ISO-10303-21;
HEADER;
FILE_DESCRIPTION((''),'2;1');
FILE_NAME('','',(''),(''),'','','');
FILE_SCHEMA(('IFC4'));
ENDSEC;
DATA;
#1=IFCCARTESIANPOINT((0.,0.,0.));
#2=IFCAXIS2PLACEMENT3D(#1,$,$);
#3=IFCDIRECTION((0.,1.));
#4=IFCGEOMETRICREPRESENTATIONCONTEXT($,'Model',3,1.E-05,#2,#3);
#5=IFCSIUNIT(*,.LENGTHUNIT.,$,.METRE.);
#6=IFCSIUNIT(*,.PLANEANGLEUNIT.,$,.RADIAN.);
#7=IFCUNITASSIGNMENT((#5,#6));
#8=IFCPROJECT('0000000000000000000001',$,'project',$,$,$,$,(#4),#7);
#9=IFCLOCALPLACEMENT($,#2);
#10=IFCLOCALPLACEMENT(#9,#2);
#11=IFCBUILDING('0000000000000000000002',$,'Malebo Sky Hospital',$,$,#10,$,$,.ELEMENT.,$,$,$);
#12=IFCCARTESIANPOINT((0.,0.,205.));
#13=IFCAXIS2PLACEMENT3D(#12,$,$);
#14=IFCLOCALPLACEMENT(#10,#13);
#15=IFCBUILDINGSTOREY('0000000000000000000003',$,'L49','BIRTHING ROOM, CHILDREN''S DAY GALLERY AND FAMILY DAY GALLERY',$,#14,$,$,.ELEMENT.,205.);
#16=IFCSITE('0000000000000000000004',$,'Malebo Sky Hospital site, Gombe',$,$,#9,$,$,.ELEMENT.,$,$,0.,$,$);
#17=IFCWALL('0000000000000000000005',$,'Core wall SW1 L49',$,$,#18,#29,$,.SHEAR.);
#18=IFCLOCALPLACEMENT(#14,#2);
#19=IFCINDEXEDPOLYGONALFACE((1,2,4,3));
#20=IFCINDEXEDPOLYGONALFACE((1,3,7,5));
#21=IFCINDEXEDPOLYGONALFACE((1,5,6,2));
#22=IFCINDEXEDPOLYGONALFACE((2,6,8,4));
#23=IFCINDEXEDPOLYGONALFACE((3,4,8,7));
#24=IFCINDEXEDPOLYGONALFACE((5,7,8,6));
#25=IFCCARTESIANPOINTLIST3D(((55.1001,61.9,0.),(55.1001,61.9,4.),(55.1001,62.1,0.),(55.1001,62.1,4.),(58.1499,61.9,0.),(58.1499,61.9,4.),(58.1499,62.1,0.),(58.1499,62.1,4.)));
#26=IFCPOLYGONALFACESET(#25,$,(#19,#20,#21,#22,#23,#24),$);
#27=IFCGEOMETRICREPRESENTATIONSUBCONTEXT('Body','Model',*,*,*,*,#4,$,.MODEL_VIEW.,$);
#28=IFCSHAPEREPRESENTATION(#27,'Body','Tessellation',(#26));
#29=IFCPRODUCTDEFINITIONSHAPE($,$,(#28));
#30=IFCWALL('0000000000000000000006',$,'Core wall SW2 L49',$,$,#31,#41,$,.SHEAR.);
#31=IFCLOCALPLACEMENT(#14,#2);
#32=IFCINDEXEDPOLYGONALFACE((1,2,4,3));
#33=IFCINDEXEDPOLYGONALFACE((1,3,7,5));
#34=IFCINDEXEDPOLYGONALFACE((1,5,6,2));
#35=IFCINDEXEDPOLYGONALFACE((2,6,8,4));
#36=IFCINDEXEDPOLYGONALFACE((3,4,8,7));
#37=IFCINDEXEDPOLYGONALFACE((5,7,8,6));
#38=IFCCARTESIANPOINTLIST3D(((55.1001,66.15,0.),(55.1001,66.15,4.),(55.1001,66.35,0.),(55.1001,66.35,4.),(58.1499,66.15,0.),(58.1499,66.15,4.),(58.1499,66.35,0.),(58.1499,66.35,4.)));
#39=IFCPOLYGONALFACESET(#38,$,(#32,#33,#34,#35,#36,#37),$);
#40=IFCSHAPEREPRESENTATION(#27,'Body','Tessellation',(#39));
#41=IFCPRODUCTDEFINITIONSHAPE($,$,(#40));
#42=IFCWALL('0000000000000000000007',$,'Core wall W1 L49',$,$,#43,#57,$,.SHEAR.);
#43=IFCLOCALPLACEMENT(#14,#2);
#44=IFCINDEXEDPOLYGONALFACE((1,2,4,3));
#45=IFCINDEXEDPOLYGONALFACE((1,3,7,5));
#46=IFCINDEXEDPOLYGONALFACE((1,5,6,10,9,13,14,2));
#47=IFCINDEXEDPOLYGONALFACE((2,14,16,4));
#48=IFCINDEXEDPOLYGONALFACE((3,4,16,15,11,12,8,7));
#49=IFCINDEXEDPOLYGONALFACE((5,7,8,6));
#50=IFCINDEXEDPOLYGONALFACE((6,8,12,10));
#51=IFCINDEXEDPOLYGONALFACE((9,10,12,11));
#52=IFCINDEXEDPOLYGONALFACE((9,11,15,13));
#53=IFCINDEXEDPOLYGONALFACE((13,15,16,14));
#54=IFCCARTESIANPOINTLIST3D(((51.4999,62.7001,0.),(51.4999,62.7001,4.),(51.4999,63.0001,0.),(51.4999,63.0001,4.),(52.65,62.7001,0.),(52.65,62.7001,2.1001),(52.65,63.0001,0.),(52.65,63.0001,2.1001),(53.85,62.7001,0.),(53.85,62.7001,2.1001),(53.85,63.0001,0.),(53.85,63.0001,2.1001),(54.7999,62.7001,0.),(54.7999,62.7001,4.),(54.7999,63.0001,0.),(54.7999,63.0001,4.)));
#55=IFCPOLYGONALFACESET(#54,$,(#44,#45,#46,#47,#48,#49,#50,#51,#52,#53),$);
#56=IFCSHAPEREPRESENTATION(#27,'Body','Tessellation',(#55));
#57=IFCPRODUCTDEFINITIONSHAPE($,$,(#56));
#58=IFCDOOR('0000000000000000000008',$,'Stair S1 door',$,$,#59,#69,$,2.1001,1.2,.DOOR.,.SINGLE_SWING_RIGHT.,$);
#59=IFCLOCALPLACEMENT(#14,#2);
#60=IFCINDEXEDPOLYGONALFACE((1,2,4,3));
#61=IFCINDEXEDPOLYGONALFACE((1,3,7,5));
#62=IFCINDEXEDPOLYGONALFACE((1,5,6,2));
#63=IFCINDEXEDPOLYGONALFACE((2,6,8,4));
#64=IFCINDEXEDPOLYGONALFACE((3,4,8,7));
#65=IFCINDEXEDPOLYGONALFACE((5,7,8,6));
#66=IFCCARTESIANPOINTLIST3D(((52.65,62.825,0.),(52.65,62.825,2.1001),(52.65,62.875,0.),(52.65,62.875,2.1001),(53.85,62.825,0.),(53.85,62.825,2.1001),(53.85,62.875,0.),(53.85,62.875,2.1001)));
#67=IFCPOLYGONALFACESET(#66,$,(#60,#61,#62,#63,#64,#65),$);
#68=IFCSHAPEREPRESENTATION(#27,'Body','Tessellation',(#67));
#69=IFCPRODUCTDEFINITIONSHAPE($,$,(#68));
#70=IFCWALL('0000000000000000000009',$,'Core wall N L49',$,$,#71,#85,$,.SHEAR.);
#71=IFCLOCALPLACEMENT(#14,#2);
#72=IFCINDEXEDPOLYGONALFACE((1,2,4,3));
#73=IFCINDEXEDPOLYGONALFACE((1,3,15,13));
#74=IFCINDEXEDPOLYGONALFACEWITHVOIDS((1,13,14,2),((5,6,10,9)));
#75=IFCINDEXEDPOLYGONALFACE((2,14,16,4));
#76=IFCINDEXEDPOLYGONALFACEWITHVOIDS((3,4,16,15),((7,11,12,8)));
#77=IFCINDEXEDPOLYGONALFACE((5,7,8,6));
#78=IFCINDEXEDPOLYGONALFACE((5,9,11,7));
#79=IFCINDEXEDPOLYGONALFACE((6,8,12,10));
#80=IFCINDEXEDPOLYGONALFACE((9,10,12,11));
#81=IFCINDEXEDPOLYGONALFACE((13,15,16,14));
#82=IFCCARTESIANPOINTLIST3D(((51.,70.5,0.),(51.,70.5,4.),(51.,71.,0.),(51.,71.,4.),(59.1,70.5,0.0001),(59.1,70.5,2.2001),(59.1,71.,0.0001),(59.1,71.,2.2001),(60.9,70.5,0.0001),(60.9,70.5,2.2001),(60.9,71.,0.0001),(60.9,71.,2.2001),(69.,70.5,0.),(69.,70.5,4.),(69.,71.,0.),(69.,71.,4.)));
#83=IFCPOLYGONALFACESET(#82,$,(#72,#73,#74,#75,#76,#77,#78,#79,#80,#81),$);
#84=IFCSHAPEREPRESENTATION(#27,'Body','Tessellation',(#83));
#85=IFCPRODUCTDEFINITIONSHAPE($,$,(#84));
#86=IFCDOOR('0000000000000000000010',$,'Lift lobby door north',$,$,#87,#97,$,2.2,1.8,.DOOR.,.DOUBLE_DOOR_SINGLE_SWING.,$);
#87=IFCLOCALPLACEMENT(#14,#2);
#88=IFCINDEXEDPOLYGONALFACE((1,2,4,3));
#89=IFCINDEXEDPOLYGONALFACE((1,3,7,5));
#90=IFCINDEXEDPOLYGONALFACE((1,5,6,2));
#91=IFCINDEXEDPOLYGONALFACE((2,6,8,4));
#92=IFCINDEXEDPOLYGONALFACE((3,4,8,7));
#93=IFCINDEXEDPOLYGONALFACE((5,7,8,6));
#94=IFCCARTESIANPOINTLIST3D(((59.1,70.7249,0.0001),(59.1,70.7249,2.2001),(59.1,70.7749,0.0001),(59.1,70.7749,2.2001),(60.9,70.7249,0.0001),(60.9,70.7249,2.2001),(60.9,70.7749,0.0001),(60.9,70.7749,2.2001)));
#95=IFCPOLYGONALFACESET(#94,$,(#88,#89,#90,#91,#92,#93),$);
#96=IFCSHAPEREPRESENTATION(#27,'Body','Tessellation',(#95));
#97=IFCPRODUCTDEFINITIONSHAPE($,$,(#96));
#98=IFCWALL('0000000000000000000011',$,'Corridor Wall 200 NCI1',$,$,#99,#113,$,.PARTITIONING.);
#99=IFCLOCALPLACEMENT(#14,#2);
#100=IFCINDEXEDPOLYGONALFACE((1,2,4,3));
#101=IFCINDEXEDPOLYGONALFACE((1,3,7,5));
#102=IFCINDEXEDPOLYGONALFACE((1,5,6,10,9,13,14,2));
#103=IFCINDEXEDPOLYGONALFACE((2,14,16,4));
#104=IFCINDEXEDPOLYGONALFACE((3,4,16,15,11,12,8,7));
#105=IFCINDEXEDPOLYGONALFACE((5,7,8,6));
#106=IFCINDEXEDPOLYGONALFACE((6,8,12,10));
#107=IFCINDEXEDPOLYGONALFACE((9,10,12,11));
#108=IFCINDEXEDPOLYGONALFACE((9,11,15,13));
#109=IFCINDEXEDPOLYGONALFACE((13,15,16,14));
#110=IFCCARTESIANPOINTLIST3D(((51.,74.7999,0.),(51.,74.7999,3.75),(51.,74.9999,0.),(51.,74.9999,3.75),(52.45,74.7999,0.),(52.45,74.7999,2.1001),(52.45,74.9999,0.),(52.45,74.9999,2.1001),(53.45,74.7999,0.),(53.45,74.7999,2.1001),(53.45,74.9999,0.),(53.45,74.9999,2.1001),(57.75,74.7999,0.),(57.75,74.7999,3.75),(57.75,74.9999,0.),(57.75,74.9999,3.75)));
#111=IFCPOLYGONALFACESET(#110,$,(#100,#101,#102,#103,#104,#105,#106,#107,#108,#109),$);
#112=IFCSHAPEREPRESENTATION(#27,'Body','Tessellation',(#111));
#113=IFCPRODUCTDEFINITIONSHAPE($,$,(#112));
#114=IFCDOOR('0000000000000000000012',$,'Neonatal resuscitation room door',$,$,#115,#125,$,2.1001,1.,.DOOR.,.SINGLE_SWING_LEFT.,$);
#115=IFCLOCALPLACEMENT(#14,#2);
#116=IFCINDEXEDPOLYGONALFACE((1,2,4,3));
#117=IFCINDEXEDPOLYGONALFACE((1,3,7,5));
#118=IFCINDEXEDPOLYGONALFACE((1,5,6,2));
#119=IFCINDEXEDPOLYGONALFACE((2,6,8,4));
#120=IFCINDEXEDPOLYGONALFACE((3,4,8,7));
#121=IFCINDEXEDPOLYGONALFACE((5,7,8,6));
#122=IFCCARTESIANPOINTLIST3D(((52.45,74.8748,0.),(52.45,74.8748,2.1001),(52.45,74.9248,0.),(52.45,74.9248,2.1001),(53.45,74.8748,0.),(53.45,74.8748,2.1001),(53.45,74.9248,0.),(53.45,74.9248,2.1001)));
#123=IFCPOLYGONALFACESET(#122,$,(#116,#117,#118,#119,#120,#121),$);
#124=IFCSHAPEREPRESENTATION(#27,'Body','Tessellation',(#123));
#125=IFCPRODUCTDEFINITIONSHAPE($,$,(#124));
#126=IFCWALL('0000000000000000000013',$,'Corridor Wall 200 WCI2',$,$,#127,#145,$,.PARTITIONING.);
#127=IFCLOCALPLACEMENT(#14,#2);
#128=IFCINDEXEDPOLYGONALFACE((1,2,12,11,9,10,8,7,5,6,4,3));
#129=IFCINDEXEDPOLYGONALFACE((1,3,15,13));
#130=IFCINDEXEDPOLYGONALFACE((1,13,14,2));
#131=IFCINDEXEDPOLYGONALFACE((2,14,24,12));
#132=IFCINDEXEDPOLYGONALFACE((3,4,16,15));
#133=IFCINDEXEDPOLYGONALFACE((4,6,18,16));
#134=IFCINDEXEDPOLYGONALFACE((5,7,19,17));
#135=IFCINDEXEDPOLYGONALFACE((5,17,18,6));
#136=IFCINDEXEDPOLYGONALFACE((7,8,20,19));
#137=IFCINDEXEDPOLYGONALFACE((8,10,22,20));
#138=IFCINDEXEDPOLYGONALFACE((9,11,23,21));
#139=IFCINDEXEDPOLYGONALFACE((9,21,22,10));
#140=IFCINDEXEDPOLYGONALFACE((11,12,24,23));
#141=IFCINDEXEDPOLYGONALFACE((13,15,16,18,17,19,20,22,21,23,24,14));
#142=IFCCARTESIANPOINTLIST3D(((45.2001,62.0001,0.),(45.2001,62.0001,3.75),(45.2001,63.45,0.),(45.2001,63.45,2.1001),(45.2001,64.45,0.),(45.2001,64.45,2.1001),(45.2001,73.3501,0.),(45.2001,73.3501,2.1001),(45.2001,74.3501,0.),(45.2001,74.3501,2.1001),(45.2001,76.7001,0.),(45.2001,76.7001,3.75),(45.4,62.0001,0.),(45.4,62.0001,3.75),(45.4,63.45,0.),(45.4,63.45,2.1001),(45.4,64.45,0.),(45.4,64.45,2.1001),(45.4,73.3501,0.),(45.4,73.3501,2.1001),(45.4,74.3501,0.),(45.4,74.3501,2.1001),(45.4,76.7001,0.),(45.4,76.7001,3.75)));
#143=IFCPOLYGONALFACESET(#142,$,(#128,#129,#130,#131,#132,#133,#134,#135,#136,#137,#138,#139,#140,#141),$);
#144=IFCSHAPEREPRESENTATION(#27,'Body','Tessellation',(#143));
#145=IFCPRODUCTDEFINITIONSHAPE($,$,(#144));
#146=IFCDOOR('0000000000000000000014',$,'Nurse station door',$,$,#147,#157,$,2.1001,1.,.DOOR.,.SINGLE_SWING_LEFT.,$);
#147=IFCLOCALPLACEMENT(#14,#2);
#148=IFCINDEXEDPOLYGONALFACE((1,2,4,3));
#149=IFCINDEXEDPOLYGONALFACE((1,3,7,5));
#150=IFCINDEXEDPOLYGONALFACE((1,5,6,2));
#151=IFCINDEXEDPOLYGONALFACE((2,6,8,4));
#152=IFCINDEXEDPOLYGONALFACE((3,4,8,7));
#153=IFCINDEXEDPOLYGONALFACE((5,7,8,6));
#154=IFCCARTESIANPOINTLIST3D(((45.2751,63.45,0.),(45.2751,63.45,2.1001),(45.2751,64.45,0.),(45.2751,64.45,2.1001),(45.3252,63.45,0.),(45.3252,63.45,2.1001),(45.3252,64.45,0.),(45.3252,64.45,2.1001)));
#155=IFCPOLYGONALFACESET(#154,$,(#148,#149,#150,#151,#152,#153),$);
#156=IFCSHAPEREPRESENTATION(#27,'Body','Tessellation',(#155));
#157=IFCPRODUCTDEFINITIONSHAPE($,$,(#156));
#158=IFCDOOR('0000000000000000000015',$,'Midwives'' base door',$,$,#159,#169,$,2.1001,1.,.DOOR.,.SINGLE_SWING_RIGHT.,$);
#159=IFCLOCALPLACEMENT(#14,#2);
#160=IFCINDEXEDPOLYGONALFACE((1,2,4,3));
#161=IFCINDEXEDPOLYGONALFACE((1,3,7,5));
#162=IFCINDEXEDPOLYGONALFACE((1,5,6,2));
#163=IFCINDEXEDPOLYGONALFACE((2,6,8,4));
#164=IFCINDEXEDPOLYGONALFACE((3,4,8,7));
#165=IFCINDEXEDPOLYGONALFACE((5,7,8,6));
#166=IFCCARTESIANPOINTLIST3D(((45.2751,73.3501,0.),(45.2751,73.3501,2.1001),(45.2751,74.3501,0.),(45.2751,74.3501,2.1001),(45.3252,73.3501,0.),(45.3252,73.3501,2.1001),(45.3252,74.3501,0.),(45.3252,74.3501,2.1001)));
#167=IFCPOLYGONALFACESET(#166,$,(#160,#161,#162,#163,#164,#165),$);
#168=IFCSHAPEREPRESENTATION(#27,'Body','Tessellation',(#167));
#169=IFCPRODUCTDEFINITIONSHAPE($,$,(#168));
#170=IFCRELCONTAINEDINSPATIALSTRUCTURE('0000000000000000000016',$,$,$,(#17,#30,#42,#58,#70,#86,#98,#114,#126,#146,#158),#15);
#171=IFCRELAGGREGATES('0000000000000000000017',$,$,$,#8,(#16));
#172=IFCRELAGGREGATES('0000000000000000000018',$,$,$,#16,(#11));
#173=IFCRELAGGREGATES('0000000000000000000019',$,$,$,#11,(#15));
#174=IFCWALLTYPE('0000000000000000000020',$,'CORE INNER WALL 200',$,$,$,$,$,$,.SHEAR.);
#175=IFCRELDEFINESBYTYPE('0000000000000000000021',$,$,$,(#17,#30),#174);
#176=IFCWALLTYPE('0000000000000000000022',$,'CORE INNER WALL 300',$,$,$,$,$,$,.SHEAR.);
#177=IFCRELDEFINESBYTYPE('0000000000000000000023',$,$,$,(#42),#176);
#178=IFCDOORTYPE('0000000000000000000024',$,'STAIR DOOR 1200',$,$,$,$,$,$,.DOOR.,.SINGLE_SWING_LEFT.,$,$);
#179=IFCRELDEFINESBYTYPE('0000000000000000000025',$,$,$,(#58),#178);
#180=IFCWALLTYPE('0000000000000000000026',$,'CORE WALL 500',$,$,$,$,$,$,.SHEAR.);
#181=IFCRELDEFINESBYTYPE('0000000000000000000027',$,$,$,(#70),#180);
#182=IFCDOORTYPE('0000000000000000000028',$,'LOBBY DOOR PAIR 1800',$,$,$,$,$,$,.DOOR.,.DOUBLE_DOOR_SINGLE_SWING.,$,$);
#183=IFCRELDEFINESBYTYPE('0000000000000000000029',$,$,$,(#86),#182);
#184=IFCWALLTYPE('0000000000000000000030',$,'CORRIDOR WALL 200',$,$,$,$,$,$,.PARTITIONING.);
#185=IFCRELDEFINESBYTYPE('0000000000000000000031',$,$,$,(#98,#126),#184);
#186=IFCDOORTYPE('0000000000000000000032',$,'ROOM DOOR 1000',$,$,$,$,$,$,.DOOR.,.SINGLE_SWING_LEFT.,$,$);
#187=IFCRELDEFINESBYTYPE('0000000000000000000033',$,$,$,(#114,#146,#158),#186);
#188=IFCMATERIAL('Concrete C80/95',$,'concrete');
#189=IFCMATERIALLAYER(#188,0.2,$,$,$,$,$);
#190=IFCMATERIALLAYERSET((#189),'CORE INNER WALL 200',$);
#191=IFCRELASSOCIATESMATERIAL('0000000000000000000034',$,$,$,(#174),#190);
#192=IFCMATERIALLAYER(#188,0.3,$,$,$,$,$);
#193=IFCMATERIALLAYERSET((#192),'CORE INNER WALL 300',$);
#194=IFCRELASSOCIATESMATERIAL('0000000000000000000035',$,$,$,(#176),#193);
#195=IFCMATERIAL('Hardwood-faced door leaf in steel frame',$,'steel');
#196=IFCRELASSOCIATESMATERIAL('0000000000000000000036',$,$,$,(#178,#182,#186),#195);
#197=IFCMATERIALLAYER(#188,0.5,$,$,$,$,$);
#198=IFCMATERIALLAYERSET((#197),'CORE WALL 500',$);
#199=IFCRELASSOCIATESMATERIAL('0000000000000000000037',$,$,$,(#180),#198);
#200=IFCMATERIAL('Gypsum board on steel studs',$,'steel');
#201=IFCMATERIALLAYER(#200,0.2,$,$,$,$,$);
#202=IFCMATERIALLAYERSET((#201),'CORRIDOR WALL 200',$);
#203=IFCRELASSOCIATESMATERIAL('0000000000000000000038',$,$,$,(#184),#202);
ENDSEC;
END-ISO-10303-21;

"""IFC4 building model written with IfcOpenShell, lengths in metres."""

from ifc_helpers import new_model, si_unit, direction, frame, frame_2d, origin, place, context, subcontext, project, spatial, rectangle, extrude, material, layer, layer_set, type_object, element, fill, save


model = new_model("IFC4")

# Units and contexts
model_context = context("Model", 3, precision=1e-05, world=origin(), true_north=direction((0.0, 1.0)))
body_context = subcontext(model_context, "Body", "Model", "MODEL_VIEW")
ifc_project = project(units=[si_unit("LENGTHUNIT", "METRE"), si_unit("PLANEANGLEUNIT", "RADIAN")], contexts=[model_context])

# Site, building, storey
site_placement = place(None, origin())
site = spatial("IfcSite", under=ifc_project, at=site_placement, Name="Malebo Sky Hospital site, Gombe", CompositionType="ELEMENT", RefElevation=0.0)
building_placement = place(site_placement, origin())
building = spatial("IfcBuilding", under=site, at=building_placement, Name="Malebo Sky Hospital", CompositionType="ELEMENT")
storey_placement = place(building_placement, frame((0.0, 0.0, 205.0)))
storey = spatial("IfcBuildingStorey", under=building, at=storey_placement, Name="L49", Description="BIRTHING ROOM, CHILDREN'S DAY GALLERY AND FAMILY DAY GALLERY", CompositionType="ELEMENT", Elevation=205.0)

# Walls
ifc_material_1 = material(Name="Concrete C80/95", Category="concrete")
ifc_layer_1 = layer(ifc_material_1, 0.2)
ifc_layer_set_1 = layer_set([ifc_layer_1], Name="CORE INNER WALL 200")
wall_type_1 = type_object("IfcWallType", Name="CORE INNER WALL 200", PredefinedType="SHEAR", material=ifc_layer_set_1)
for number, where, z_axis, x_axis, name in (
    (1, (55.1001, 62.0, 0.0), (0.0, 0.0, 1.0), (1.0, 0.0, 0.0), "Core wall SW1 L49"),
    (2, (55.1001, 66.25, 0.0), (0.0, 0.0, 1.0), (1.0, 0.0, 0.0), "Core wall SW2 L49"),
):
    element("IfcWall", number, at=place(storey_placement, frame(where, z_axis=z_axis, x_axis=x_axis)), inside=storey, type_object=wall_type_1, Name=name, PredefinedType="SHEAR", context=body_context, shape_type="SweptSolid", body=[
        extrude(rectangle(XDim=3.0498, YDim=0.2, at=frame_2d((1.5249, 0.0))), origin(), (0.0, 0.0, 1.0), 4.0),
    ])

# Walls, openings, doors
ifc_layer_2 = layer(ifc_material_1, 0.3)
ifc_layer_set_2 = layer_set([ifc_layer_2], Name="CORE INNER WALL 300")
wall_type_2 = type_object("IfcWallType", Name="CORE INNER WALL 300", PredefinedType="SHEAR", material=ifc_layer_set_2)
wall_1_placement = place(storey_placement, frame((51.5, 62.8501, 0.0), z_axis=(0.0, 0.0, 1.0), x_axis=(1.0, 0.0, 0.0)))
wall_1 = element("IfcWall", 3, at=wall_1_placement, inside=storey, type_object=wall_type_2, Name="Core wall W1 L49", PredefinedType="SHEAR", context=body_context, shape_type="SweptSolid", body=[
    extrude(rectangle(XDim=3.3, YDim=0.3, at=frame_2d((1.6499, 0.0))), origin(), (0.0, 0.0, 1.0), 4.0),
])
opening_1_placement = place(wall_1_placement, frame((1.1499, 0.0, 0.0)))
opening_1 = element("IfcOpeningElement", 4, at=opening_1_placement, cuts=wall_1, PredefinedType="OPENING", context=body_context, shape_type="SweptSolid", body=[
    extrude(rectangle(XDim=1.2, YDim=2.1001, at=frame_2d((0.6001, 1.05))), frame((0.0, 0.1599, 0.0), z_axis=(0.0, -1.0, 0.0), x_axis=(1.0, 0.0, 0.0)), (0.0, 0.0, 1.0), 0.3201),
])
ifc_material_2 = material(Name="Hardwood-faced door leaf in steel frame", Category="steel")
door_type_1 = type_object("IfcDoorType", Name="STAIR DOOR 1200", OperationType="SINGLE_SWING_LEFT", PredefinedType="DOOR", material=ifc_material_2)
door_1_placement = place(opening_1_placement, origin())
door_1 = element("IfcDoor", 5, at=door_1_placement, inside=storey, type_object=door_type_1, Name="Stair S1 door", OperationType="SINGLE_SWING_RIGHT", OverallHeight=2.1001, OverallWidth=1.2, PredefinedType="DOOR", context=body_context, shape_type="SweptSolid", body=[
    extrude(rectangle(XDim=1.2, YDim=2.1001, at=frame_2d((0.6001, 1.05))), frame((0.0, 0.0249, 0.0), z_axis=(0.0, -1.0, 0.0), x_axis=(1.0, 0.0, 0.0)), (0.0, 0.0, 1.0), 0.05),
])
fill(opening_1, door_1)
ifc_layer_3 = layer(ifc_material_1, 0.5)
ifc_layer_set_3 = layer_set([ifc_layer_3], Name="CORE WALL 500")
wall_type_3 = type_object("IfcWallType", Name="CORE WALL 500", PredefinedType="SHEAR", material=ifc_layer_set_3)
wall_2_placement = place(storey_placement, frame((51.0, 70.75, 0.0), z_axis=(0.0, 0.0, 1.0), x_axis=(1.0, 0.0, 0.0)))
wall_2 = element("IfcWall", 6, at=wall_2_placement, inside=storey, type_object=wall_type_3, Name="Core wall N L49", PredefinedType="SHEAR", context=body_context, shape_type="SweptSolid", body=[
    extrude(rectangle(XDim=18.0, YDim=0.5, at=frame_2d((9.0, 0.0))), origin(), (0.0, 0.0, 1.0), 4.0),
])
opening_2_placement = place(wall_2_placement, frame((8.1001, 0.0, 0.0)))
opening_2 = element("IfcOpeningElement", 7, at=opening_2_placement, cuts=wall_2, PredefinedType="OPENING", context=body_context, shape_type="SweptSolid", body=[
    extrude(rectangle(XDim=1.8, YDim=2.2, at=frame_2d((0.8999, 1.1001))), frame((0.0, 0.26, 0.0), z_axis=(0.0, -1.0, 0.0), x_axis=(1.0, 0.0, 0.0)), (0.0, 0.0, 1.0), 0.52),
])
door_type_2 = type_object("IfcDoorType", Name="LOBBY DOOR PAIR 1800", OperationType="DOUBLE_DOOR_SINGLE_SWING", PredefinedType="DOOR", material=ifc_material_2)
door_2_placement = place(opening_2_placement, origin())
door_2 = element("IfcDoor", 8, at=door_2_placement, inside=storey, type_object=door_type_2, Name="Lift lobby door north", OperationType="DOUBLE_DOOR_SINGLE_SWING", OverallHeight=2.2, OverallWidth=1.8, PredefinedType="DOOR", context=body_context, shape_type="SweptSolid", body=[
    extrude(rectangle(XDim=1.8, YDim=2.2, at=frame_2d((0.8999, 1.1001))), frame((0.0, 0.0249, 0.0), z_axis=(0.0, -1.0, 0.0), x_axis=(1.0, 0.0, 0.0)), (0.0, 0.0, 1.0), 0.05),
])
fill(opening_2, door_2)
ifc_material_3 = material(Name="Gypsum board on steel studs", Category="steel")
ifc_layer_4 = layer(ifc_material_3, 0.2)
ifc_layer_set_4 = layer_set([ifc_layer_4], Name="CORRIDOR WALL 200")
wall_type_4 = type_object("IfcWallType", Name="CORRIDOR WALL 200", PredefinedType="PARTITIONING", material=ifc_layer_set_4)
wall_3_placement = place(storey_placement, frame((51.0, 74.8999, 0.0), z_axis=(0.0, 0.0, 1.0), x_axis=(1.0, 0.0, 0.0)))
wall_3 = element("IfcWall", 9, at=wall_3_placement, inside=storey, type_object=wall_type_4, Name="Corridor Wall 200 NCI1", PredefinedType="PARTITIONING", context=body_context, shape_type="SweptSolid", body=[
    extrude(rectangle(XDim=6.75, YDim=0.2, at=frame_2d((3.375, 0.0))), origin(), (0.0, 0.0, 1.0), 3.75),
])
opening_3_placement = place(wall_3_placement, frame((1.45, 0.0, 0.0)))
opening_3 = element("IfcOpeningElement", 10, at=opening_3_placement, cuts=wall_3, PredefinedType="OPENING", context=body_context, shape_type="SweptSolid", body=[
    extrude(rectangle(XDim=1.0, YDim=2.1001, at=frame_2d((0.5, 1.05))), frame((0.0, 0.1099, 0.0), z_axis=(0.0, -1.0, 0.0), x_axis=(1.0, 0.0, 0.0)), (0.0, 0.0, 1.0), 0.22),
])
door_type_3 = type_object("IfcDoorType", Name="ROOM DOOR 1000", OperationType="SINGLE_SWING_LEFT", PredefinedType="DOOR", material=ifc_material_2)
door_3_placement = place(opening_3_placement, origin())
door_3 = element("IfcDoor", 11, at=door_3_placement, inside=storey, type_object=door_type_3, Name="Neonatal resuscitation room door", OperationType="SINGLE_SWING_LEFT", OverallHeight=2.1001, OverallWidth=1.0, PredefinedType="DOOR", context=body_context, shape_type="SweptSolid", body=[
    extrude(rectangle(XDim=1.0, YDim=2.1001, at=frame_2d((0.5, 1.05))), frame((0.0, 0.0249, 0.0), z_axis=(0.0, -1.0, 0.0), x_axis=(1.0, 0.0, 0.0)), (0.0, 0.0, 1.0), 0.05),
])
fill(opening_3, door_3)

# Wall, openings, doors
wall_4_placement = place(storey_placement, frame((45.3, 62.0, 0.0), z_axis=(0.0, 0.0, 1.0), x_axis=(0.0, 1.0, 0.0)))
wall_4 = element("IfcWall", 12, at=wall_4_placement, inside=storey, type_object=wall_type_4, Name="Corridor Wall 200 WCI2", PredefinedType="PARTITIONING", context=body_context, shape_type="SweptSolid", body=[
    extrude(rectangle(XDim=14.7, YDim=0.2, at=frame_2d((7.3501, 0.0))), origin(), (0.0, 0.0, 1.0), 3.75),
])
opening_4_placement = place(wall_4_placement, frame((1.45, 0.0, 0.0)))
opening_4 = element("IfcOpeningElement", 13, at=opening_4_placement, cuts=wall_4, PredefinedType="OPENING", context=body_context, shape_type="SweptSolid", body=[
    extrude(rectangle(XDim=1.0, YDim=2.1001, at=frame_2d((0.5, 1.05))), frame((0.0, 0.1099, 0.0), z_axis=(0.0, -1.0, 0.0), x_axis=(1.0, 0.0, 0.0)), (0.0, 0.0, 1.0), 0.22),
])
opening_5_placement = place(wall_4_placement, frame((11.3501, 0.0, 0.0)))
opening_5 = element("IfcOpeningElement", 14, at=opening_5_placement, cuts=wall_4, PredefinedType="OPENING", context=body_context, shape_type="SweptSolid", body=[
    extrude(rectangle(XDim=1.0, YDim=2.1001, at=frame_2d((0.5, 1.05))), frame((0.0, 0.1099, 0.0), z_axis=(0.0, -1.0, 0.0), x_axis=(1.0, 0.0, 0.0)), (0.0, 0.0, 1.0), 0.22),
])
door_4_placement = place(opening_4_placement, origin())
door_4 = element("IfcDoor", 15, at=door_4_placement, inside=storey, type_object=door_type_3, Name="Nurse station door", OperationType="SINGLE_SWING_LEFT", OverallHeight=2.1001, OverallWidth=1.0, PredefinedType="DOOR", context=body_context, shape_type="SweptSolid", body=[
    extrude(rectangle(XDim=1.0, YDim=2.1001, at=frame_2d((0.5, 1.05))), frame((0.0, 0.0249, 0.0), z_axis=(0.0, -1.0, 0.0), x_axis=(1.0, 0.0, 0.0)), (0.0, 0.0, 1.0), 0.05),
])
fill(opening_4, door_4)
door_5_placement = place(opening_5_placement, origin())
door_5 = element("IfcDoor", 16, at=door_5_placement, inside=storey, type_object=door_type_3, Name="Midwives' base door", OperationType="SINGLE_SWING_RIGHT", OverallHeight=2.1001, OverallWidth=1.0, PredefinedType="DOOR", context=body_context, shape_type="SweptSolid", body=[
    extrude(rectangle(XDim=1.0, YDim=2.1001, at=frame_2d((0.5, 1.05))), frame((0.0, 0.0249, 0.0), z_axis=(0.0, -1.0, 0.0), x_axis=(1.0, 0.0, 0.0)), (0.0, 0.0, 1.0), 0.05),
])
fill(opening_5, door_5)

save(model, "model.ifc")
